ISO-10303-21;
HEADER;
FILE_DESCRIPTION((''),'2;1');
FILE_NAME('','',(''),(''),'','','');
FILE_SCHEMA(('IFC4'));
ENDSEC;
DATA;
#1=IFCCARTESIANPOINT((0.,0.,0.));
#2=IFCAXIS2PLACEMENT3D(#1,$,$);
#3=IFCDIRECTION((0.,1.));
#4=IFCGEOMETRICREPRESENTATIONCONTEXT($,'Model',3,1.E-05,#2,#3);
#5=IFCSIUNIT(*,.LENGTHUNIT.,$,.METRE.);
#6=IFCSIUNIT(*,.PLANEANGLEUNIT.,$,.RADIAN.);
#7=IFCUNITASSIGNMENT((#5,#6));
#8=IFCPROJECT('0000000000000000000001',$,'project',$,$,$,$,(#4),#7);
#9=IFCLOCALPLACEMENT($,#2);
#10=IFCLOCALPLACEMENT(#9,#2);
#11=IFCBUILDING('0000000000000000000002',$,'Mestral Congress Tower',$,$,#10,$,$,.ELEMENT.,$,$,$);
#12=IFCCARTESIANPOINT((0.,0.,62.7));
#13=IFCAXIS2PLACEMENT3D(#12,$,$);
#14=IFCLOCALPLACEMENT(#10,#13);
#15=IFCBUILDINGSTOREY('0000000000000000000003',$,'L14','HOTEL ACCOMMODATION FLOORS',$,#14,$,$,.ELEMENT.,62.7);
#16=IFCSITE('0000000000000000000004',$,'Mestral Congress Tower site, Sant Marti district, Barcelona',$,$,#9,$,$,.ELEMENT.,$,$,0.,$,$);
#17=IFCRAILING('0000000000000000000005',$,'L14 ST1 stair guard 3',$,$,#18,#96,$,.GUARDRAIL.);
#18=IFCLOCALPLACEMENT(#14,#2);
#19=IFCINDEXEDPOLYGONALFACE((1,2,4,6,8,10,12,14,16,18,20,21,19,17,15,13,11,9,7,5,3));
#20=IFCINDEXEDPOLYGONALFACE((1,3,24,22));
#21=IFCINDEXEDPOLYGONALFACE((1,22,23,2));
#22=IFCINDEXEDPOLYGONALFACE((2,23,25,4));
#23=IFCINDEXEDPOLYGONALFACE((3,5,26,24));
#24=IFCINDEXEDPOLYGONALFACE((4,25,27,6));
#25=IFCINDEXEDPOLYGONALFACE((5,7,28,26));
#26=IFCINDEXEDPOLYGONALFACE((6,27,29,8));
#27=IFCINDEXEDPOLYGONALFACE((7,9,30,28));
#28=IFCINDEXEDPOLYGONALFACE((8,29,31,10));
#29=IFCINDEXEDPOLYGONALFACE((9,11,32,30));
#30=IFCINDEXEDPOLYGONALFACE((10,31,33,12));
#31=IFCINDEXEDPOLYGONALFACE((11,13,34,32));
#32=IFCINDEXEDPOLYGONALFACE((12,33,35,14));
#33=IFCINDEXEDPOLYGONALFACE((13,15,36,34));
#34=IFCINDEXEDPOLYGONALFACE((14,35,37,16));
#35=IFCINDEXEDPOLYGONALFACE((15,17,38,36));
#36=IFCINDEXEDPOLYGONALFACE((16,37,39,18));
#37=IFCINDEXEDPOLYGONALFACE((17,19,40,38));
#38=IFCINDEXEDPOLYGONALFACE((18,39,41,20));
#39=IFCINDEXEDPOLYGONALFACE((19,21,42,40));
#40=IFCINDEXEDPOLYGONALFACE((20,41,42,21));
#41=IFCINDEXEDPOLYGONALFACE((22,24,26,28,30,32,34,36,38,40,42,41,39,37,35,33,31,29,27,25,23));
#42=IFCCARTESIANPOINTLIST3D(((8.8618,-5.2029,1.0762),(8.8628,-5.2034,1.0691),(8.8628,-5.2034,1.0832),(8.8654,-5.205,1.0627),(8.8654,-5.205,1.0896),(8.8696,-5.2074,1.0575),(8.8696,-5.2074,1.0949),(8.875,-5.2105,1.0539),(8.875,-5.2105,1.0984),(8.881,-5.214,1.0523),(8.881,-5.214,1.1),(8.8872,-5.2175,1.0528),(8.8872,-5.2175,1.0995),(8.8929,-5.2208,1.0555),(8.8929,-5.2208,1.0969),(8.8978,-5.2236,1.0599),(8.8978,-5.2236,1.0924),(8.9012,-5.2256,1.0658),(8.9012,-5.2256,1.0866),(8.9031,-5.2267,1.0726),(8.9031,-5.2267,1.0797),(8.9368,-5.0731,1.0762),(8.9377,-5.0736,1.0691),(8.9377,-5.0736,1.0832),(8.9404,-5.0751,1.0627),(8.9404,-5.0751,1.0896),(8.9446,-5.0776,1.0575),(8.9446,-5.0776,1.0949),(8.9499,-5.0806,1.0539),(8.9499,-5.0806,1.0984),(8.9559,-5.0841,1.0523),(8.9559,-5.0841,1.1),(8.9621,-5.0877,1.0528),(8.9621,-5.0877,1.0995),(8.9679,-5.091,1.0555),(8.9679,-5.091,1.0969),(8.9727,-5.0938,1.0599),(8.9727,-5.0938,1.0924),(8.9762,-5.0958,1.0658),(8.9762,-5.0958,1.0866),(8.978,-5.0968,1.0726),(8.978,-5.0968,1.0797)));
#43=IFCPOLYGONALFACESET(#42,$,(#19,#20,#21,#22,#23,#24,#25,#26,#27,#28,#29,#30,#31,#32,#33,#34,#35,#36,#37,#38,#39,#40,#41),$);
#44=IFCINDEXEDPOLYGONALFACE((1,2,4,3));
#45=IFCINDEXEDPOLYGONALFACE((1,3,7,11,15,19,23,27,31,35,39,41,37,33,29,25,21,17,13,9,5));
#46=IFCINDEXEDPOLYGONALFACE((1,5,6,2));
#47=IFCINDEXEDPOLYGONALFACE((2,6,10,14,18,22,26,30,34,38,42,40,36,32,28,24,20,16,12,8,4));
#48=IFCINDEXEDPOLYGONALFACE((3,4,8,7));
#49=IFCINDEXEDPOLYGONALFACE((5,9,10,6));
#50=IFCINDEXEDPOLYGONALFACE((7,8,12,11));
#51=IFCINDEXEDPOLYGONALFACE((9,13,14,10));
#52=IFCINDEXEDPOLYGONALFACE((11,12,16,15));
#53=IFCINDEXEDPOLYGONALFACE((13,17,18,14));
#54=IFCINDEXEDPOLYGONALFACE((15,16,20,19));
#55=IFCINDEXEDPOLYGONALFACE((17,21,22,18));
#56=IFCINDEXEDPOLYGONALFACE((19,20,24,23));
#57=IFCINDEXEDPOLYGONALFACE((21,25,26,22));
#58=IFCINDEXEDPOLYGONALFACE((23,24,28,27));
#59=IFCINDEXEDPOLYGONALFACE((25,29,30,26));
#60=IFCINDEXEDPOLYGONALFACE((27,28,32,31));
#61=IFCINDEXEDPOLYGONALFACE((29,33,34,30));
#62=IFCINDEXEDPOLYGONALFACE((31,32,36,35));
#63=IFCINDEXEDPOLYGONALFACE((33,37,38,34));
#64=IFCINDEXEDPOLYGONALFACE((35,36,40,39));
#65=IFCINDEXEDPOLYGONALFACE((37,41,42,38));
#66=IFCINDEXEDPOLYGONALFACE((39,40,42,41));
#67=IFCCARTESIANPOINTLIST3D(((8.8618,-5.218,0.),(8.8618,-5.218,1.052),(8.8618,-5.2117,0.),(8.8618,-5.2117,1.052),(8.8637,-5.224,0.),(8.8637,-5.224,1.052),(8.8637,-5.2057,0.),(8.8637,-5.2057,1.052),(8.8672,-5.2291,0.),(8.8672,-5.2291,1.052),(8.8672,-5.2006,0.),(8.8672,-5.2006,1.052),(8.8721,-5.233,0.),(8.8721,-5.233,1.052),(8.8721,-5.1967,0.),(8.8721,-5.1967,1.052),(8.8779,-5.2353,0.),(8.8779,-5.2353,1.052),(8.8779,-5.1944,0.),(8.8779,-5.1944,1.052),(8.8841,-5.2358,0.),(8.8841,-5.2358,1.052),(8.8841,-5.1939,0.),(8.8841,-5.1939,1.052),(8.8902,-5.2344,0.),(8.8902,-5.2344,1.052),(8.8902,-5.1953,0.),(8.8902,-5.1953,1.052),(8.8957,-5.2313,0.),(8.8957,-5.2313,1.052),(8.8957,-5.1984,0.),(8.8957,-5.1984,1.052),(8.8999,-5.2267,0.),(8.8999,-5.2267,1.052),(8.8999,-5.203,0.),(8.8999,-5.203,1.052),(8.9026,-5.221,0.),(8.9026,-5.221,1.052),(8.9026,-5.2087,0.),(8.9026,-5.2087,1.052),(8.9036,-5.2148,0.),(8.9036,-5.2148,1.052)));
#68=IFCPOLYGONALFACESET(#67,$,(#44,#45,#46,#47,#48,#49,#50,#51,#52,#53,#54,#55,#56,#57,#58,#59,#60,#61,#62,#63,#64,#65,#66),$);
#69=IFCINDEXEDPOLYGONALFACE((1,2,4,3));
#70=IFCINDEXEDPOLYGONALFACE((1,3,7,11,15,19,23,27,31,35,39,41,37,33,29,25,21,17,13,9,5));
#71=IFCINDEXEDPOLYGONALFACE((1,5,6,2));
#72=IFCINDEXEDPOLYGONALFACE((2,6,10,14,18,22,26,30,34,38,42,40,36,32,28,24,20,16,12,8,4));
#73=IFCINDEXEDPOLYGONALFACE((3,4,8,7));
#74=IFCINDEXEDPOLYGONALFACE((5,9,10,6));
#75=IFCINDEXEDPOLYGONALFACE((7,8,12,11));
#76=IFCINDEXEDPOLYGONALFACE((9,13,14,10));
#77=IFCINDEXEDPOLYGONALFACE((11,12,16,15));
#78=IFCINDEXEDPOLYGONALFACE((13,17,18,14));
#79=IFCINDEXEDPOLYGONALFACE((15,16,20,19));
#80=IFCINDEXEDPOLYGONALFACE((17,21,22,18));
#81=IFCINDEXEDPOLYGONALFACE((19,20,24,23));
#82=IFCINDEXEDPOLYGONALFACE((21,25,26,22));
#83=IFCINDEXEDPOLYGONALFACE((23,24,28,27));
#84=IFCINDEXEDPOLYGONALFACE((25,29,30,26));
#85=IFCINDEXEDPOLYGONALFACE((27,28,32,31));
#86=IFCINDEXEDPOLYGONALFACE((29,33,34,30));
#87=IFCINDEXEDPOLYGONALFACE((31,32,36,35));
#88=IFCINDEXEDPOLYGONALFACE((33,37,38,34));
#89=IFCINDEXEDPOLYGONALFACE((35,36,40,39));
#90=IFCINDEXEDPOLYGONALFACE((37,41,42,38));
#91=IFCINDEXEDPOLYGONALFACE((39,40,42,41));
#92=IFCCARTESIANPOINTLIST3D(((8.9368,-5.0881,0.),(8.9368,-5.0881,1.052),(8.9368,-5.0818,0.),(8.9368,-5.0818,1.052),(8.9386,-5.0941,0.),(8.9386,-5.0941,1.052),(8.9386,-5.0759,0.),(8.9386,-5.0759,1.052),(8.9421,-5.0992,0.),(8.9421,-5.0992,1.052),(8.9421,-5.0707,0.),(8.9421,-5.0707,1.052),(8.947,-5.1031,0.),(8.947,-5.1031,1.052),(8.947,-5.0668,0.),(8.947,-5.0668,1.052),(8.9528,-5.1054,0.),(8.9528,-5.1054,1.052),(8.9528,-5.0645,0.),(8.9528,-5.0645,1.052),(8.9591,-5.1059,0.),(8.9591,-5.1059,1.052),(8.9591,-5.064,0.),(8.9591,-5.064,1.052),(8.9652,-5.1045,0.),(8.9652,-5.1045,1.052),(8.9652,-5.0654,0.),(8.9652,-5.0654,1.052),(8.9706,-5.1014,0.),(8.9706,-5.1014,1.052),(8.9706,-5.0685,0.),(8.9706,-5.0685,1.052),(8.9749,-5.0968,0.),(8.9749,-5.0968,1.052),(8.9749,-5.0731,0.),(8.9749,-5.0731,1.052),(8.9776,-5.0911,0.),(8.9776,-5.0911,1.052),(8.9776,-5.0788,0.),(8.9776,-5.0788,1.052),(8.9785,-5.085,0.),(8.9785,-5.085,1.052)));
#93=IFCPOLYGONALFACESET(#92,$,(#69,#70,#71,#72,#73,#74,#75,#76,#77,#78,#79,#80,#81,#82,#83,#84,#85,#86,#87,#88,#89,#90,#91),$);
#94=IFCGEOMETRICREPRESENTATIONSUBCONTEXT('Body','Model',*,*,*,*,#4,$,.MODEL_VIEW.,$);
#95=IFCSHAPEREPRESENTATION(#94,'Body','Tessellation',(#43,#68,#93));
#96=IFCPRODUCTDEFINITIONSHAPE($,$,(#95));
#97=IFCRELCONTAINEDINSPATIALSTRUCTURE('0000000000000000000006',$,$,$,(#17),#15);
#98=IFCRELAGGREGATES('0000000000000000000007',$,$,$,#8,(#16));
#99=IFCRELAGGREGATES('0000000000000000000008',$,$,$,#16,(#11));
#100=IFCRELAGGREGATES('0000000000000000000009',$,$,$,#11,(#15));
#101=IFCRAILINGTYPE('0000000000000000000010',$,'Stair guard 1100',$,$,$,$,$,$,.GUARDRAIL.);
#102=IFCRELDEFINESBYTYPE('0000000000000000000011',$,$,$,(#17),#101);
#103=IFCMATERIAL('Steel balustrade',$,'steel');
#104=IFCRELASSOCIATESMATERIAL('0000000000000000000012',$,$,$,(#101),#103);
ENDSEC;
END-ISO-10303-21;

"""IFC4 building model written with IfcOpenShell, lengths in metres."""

from ifc_helpers import new_model, si_unit, direction, frame, origin, origin_2d, place, context, subcontext, project, spatial, circle, extrude, material, type_object, element, save


model = new_model("IFC4")

# Units and contexts
model_context = context("Model", 3, precision=1e-05, world=origin(), true_north=direction((0.0, 1.0)))
body_context = subcontext(model_context, "Body", "Model", "MODEL_VIEW")
ifc_project = project(units=[si_unit("LENGTHUNIT", "METRE"), si_unit("PLANEANGLEUNIT", "RADIAN")], contexts=[model_context])

# Site, building, storey
site_placement = place(None, origin())
site = spatial("IfcSite", under=ifc_project, at=site_placement, Name="Mestral Congress Tower site, Sant Marti district, Barcelona", CompositionType="ELEMENT", RefElevation=0.0)
building_placement = place(site_placement, origin())
building = spatial("IfcBuilding", under=site, at=building_placement, Name="Mestral Congress Tower", CompositionType="ELEMENT")
storey_placement = place(building_placement, frame((0.0, 0.0, 62.7)))
storey = spatial("IfcBuildingStorey", under=building, at=storey_placement, Name="L14", Description="HOTEL ACCOMMODATION FLOORS", CompositionType="ELEMENT", Elevation=62.7)

# Railing
ifc_material_1 = material(Name="Steel balustrade", Category="steel")
railing_type_1 = type_object("IfcRailingType", Name="Stair guard 1100", PredefinedType="GUARDRAIL", material=ifc_material_1)
railing_1_placement = place(storey_placement, frame((8.8826, -5.2148, 0.0)))
element("IfcRailing", 1, at=railing_1_placement, inside=storey, type_object=railing_type_1, Name="L14 ST1 stair guard 3", PredefinedType="GUARDRAIL", context=body_context, shape_type="SweptSolid", body=[
    extrude(circle(Radius=0.0239, at=origin_2d()), frame((0.0, 0.0, 1.0762), z_axis=(0.499816, 0.866131, 0.0), x_axis=(-0.866131, 0.499816, 0.0)), (0.0, 0.0, 1.0), 0.1499),
    extrude(circle(Radius=0.021, at=origin_2d()), origin(), (0.0, 0.0, 1.0), 1.052),
    extrude(circle(Radius=0.021, at=origin_2d()), frame((0.075, 0.1299, 0.0)), (0.0, 0.0, 1.0), 1.052),
])

save(model, "model.ifc")
